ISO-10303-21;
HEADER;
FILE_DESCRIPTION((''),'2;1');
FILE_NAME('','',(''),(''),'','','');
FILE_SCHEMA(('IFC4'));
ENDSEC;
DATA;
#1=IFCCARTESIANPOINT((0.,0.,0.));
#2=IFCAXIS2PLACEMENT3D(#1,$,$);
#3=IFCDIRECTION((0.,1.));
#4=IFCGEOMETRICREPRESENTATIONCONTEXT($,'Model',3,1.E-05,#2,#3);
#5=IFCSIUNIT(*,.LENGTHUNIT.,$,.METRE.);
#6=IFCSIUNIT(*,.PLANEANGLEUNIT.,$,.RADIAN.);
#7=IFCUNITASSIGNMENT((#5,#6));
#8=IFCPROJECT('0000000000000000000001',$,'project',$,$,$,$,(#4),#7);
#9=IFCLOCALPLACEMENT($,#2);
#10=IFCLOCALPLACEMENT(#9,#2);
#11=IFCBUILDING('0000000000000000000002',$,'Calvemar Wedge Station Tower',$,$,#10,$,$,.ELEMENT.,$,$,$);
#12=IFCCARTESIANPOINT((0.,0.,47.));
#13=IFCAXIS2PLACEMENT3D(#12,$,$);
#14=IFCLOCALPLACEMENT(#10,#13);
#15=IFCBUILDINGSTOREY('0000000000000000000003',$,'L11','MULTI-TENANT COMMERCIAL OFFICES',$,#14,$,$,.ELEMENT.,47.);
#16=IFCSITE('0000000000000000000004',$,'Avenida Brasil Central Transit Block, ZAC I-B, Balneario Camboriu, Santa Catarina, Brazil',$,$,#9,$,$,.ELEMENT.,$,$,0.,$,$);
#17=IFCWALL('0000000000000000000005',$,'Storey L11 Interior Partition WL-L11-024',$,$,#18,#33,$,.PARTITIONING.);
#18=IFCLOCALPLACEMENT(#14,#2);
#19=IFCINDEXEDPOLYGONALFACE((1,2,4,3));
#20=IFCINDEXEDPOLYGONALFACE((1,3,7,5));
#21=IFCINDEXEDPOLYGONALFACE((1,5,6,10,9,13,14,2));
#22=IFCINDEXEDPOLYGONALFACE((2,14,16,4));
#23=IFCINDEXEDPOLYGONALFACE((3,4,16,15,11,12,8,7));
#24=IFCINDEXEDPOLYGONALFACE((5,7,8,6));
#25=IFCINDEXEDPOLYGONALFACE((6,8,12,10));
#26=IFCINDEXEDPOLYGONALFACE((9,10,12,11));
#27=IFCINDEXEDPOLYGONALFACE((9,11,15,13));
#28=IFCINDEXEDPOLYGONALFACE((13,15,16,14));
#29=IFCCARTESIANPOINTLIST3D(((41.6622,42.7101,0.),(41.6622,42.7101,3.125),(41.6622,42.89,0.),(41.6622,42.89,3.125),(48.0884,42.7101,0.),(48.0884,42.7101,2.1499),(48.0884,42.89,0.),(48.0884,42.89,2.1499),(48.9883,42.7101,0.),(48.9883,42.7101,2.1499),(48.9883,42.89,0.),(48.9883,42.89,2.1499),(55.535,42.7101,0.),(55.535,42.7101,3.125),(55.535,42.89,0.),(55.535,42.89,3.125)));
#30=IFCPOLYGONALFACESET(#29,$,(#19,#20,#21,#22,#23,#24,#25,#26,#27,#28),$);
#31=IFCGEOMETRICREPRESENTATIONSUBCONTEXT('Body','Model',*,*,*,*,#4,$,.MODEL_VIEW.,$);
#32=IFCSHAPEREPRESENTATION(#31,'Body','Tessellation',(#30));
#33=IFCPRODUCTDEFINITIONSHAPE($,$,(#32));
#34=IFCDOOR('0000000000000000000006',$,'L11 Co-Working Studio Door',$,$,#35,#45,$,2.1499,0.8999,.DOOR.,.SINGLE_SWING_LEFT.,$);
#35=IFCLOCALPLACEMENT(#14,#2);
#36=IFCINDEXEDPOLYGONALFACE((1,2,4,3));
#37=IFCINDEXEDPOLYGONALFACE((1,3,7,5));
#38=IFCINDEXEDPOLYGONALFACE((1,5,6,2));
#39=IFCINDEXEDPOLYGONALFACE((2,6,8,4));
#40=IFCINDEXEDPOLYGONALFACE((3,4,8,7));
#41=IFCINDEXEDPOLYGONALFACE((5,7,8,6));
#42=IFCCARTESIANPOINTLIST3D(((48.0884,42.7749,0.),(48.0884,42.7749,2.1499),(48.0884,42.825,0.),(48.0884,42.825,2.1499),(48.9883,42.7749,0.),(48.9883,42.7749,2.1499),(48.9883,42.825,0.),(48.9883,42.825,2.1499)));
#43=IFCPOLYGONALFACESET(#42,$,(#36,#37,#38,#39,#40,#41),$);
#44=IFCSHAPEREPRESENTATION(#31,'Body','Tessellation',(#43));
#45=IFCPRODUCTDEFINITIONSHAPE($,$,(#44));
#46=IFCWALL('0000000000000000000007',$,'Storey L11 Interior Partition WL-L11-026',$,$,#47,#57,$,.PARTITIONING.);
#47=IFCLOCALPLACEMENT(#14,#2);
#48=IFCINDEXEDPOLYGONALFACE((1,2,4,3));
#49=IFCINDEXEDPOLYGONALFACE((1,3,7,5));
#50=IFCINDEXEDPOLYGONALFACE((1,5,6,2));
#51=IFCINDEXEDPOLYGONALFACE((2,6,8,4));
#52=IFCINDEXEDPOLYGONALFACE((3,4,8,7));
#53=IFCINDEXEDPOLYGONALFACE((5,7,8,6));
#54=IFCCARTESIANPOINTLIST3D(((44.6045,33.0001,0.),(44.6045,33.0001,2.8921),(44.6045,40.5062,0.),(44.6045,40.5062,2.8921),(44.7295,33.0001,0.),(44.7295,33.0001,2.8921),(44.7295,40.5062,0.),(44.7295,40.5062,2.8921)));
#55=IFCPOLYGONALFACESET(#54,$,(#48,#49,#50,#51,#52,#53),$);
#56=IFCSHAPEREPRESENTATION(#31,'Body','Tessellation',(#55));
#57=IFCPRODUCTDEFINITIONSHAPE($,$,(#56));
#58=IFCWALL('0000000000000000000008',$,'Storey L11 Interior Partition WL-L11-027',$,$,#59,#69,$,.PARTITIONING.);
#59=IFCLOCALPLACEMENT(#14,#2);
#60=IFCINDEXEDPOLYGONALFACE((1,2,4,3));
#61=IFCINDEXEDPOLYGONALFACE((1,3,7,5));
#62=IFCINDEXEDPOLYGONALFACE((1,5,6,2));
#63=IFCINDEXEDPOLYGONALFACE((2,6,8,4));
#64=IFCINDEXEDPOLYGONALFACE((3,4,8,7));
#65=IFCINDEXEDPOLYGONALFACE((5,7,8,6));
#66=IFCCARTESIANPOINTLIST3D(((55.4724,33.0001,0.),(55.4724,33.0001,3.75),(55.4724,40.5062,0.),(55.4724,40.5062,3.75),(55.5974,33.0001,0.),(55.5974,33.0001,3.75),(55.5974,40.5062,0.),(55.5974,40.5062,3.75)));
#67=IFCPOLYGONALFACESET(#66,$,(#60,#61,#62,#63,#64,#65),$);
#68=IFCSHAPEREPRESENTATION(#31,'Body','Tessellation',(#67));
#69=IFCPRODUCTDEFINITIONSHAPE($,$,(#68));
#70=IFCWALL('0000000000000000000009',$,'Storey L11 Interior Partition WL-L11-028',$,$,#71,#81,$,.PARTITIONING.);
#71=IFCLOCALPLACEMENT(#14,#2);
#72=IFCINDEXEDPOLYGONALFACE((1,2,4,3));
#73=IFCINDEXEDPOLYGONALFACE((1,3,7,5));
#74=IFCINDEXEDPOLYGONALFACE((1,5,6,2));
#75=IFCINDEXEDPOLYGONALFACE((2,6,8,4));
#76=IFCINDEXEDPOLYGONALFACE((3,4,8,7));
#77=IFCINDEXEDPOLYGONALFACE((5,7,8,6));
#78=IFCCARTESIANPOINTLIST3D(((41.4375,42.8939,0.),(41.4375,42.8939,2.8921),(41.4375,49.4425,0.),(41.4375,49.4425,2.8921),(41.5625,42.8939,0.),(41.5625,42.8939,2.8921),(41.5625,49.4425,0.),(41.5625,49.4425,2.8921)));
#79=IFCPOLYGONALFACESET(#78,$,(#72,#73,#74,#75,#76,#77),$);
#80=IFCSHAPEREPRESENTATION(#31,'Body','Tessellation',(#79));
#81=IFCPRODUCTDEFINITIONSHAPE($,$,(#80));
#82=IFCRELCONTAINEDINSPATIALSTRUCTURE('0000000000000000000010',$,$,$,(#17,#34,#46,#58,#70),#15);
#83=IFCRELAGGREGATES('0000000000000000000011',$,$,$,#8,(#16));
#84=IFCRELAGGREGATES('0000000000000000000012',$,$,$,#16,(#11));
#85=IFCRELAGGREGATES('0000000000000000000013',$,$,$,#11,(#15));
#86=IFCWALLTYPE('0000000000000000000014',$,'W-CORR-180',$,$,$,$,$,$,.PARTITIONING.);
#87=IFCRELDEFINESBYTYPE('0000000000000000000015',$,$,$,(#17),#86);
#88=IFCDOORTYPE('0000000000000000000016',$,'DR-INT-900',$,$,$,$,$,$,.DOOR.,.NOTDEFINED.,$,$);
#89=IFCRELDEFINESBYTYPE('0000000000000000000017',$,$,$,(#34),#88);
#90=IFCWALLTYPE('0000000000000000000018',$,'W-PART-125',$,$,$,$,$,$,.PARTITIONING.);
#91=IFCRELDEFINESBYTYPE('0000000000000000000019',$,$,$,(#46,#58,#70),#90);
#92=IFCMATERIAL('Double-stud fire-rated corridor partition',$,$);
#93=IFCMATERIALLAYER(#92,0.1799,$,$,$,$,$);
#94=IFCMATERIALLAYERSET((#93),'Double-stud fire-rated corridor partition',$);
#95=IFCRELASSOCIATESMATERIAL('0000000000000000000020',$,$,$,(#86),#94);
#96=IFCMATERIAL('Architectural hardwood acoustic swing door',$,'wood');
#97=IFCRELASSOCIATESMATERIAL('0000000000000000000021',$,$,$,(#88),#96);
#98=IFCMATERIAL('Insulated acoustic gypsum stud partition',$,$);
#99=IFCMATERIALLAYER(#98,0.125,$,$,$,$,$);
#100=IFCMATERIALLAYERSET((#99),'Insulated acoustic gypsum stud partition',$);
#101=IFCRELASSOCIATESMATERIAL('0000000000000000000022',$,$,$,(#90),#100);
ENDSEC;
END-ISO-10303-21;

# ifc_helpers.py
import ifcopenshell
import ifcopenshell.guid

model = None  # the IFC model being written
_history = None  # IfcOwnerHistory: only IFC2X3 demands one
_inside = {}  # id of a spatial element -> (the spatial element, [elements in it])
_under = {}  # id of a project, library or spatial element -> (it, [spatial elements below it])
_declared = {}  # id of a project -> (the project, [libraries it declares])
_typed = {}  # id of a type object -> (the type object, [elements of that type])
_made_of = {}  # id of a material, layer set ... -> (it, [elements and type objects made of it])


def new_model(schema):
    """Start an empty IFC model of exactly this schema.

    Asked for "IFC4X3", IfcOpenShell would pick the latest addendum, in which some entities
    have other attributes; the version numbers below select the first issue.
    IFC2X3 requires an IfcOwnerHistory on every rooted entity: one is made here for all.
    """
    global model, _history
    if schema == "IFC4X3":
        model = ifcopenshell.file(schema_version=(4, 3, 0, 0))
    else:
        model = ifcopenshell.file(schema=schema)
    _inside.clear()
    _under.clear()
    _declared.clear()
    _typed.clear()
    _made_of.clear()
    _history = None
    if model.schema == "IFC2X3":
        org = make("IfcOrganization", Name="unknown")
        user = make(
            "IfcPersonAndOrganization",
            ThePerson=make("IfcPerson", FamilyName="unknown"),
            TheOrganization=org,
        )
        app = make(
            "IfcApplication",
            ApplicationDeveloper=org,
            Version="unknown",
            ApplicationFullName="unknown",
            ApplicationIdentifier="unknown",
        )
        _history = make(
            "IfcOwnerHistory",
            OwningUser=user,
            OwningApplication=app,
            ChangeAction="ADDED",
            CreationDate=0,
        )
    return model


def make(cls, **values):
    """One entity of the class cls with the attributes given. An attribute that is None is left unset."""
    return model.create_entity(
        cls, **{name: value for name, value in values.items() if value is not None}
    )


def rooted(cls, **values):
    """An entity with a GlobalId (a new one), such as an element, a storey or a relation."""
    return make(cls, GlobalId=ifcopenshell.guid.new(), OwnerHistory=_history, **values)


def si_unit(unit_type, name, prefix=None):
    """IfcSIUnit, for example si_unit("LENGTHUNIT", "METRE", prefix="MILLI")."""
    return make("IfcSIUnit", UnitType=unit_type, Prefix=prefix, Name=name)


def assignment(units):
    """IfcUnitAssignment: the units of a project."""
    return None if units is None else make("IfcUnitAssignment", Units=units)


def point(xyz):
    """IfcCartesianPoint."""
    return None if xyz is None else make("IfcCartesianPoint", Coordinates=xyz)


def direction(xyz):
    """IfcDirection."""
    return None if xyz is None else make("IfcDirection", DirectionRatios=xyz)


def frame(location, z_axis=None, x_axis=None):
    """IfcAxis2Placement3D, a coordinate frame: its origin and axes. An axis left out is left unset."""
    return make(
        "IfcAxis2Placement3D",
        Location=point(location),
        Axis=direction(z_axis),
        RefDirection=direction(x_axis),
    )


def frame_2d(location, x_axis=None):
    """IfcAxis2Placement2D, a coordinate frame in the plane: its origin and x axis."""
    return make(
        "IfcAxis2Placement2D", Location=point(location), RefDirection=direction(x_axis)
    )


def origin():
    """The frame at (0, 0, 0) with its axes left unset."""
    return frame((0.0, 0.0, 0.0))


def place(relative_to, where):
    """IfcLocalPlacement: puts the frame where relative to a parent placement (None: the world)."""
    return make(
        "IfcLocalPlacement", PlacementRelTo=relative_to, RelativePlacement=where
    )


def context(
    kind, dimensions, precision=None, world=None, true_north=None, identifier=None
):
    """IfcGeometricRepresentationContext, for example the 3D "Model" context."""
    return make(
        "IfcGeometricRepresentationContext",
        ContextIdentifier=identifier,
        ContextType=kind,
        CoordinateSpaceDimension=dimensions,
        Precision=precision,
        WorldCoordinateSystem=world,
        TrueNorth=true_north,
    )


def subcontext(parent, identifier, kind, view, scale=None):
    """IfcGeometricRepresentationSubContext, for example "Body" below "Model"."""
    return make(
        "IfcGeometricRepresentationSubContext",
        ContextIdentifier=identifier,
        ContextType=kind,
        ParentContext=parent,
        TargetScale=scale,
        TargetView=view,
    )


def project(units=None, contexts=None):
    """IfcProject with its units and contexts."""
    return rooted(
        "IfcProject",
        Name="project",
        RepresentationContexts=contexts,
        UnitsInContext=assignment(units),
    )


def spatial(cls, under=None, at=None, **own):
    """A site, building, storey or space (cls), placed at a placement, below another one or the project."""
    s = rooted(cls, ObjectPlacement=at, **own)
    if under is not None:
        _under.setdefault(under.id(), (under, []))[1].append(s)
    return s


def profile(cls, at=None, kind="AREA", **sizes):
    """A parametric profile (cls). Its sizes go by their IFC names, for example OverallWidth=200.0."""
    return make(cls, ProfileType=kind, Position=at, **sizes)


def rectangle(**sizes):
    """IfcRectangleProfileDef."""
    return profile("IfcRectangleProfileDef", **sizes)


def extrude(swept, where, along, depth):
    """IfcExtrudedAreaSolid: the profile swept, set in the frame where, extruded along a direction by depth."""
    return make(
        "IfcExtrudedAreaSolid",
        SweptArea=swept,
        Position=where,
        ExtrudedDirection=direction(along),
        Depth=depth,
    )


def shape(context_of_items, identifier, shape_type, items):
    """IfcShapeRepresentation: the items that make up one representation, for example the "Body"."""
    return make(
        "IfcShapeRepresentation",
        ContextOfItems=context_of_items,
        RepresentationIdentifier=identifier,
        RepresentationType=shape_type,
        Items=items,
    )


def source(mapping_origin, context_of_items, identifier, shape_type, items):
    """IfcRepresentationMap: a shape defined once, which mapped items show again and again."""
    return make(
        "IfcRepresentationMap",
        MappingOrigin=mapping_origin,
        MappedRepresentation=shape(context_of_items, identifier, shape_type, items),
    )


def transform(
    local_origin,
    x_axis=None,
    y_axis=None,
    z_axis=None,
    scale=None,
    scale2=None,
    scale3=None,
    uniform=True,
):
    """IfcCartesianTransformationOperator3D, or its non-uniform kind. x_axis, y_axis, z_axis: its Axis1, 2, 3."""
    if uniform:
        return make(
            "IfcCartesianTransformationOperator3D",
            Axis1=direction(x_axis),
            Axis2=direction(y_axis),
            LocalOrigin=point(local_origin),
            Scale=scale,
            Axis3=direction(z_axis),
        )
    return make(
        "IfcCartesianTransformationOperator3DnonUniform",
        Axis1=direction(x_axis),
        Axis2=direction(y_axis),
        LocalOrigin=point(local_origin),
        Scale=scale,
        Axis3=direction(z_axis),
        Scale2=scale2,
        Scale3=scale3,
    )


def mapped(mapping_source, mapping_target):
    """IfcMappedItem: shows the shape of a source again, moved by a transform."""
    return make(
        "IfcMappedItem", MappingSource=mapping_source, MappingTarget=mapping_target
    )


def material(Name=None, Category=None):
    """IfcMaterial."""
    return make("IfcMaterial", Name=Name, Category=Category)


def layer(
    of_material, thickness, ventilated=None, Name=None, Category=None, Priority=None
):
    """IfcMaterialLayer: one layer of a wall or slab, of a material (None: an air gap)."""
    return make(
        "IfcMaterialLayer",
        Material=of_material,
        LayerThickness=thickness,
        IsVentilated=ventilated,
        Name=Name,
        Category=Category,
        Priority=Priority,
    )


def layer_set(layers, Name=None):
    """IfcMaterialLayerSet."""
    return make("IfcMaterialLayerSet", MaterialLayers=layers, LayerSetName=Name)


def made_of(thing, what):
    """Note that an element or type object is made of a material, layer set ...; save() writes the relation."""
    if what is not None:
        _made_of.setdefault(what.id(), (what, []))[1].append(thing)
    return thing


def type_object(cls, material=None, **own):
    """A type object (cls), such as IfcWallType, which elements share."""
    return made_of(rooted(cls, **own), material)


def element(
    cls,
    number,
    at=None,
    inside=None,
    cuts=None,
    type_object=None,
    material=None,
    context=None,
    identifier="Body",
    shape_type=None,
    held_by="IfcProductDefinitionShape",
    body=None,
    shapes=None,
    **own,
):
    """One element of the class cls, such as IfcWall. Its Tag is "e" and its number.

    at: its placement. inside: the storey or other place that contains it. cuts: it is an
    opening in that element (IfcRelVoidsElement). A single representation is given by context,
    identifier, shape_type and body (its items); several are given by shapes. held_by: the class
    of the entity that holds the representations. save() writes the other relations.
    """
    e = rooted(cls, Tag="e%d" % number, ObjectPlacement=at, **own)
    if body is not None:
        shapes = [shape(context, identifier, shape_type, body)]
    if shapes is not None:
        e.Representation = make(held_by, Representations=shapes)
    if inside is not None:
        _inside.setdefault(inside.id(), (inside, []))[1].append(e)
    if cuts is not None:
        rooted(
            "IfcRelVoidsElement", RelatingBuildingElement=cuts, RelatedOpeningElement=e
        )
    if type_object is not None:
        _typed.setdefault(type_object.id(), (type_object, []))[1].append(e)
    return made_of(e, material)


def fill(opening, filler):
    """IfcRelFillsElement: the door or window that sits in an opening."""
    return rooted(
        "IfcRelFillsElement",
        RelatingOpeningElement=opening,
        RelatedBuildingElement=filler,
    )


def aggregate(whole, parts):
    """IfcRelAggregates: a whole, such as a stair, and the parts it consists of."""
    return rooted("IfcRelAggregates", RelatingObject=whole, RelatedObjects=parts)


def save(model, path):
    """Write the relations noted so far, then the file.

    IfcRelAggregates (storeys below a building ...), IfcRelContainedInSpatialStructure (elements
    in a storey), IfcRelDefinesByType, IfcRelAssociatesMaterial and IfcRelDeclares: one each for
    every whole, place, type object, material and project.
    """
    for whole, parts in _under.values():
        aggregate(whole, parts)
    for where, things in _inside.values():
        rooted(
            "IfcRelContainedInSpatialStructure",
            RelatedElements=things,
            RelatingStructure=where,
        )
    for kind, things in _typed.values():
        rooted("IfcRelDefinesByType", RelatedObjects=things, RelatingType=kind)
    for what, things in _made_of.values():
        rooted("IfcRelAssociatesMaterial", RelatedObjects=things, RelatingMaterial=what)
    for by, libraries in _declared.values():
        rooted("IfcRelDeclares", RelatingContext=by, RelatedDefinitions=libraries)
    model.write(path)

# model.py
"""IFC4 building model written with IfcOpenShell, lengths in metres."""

from ifc_helpers import new_model, si_unit, direction, frame, frame_2d, origin, place, context, subcontext, project, spatial, rectangle, extrude, source, transform, mapped, material, layer, layer_set, type_object, element, fill, save


model = new_model("IFC4")

# Units and contexts
model_context = context("Model", 3, precision=1e-05, world=origin(), true_north=direction((0.0, 1.0)))
body_context = subcontext(model_context, "Body", "Model", "MODEL_VIEW")
ifc_project = project(units=[si_unit("LENGTHUNIT", "METRE"), si_unit("PLANEANGLEUNIT", "RADIAN")], contexts=[model_context])

# Site, building, storey
site_placement = place(None, origin())
site = spatial("IfcSite", under=ifc_project, at=site_placement, Name="Avenida Brasil Central Transit Block, ZAC I-B, Balneario Camboriu, Santa Catarina, Brazil", CompositionType="ELEMENT", RefElevation=0.0)
building_placement = place(site_placement, origin())
building = spatial("IfcBuilding", under=site, at=building_placement, Name="Calvemar Wedge Station Tower", CompositionType="ELEMENT")
storey_placement = place(building_placement, frame((0.0, 0.0, 47.0)))
storey = spatial("IfcBuildingStorey", under=building, at=storey_placement, Name="L11", Description="MULTI-TENANT COMMERCIAL OFFICES", CompositionType="ELEMENT", Elevation=47.0)

# Wall, opening, door
ifc_material_1 = material(Name="Double-stud fire-rated corridor partition")
ifc_layer_1 = layer(ifc_material_1, 0.1799)
ifc_layer_set_1 = layer_set([ifc_layer_1], Name="Double-stud fire-rated corridor partition")
wall_type_1 = type_object("IfcWallType", Name="W-CORR-180", PredefinedType="PARTITIONING", material=ifc_layer_set_1)
shared_shape_1 = source(origin(), body_context, "Body", "SweptSolid", [
    extrude(rectangle(XDim=0.8999, YDim=2.1499, at=frame_2d((0.45, 1.075))), frame((0.0, 0.1001, 0.0), z_axis=(0.0, -1.0, 0.0), x_axis=(1.0, 0.0, 0.0)), (0.0, 0.0, 1.0), 0.2),
])
ifc_material_2 = material(Name="Architectural hardwood acoustic swing door", Category="wood")
door_type = type_object("IfcDoorType", Name="DR-INT-900", OperationType="NOTDEFINED", PredefinedType="DOOR", material=ifc_material_2)
shared_shape_2 = source(origin(), body_context, "Body", "SweptSolid", [
    extrude(rectangle(XDim=0.8999, YDim=2.1499, at=frame_2d((0.45, 1.075))), frame((0.0, 0.0249, 0.0), z_axis=(0.0, -1.0, 0.0), x_axis=(1.0, 0.0, 0.0)), (0.0, 0.0, 1.0), 0.05),
])
wall_1_placement = place(storey_placement, frame((41.6621, 42.8, 0.0), z_axis=(0.0, 0.0, 1.0), x_axis=(1.0, 0.0, 0.0)))
wall_1 = element("IfcWall", 1, at=wall_1_placement, inside=storey, type_object=wall_type_1, Name="Storey L11 Interior Partition WL-L11-024", PredefinedType="PARTITIONING", context=body_context, shape_type="SweptSolid", body=[
    extrude(rectangle(XDim=13.8728, YDim=0.1799, at=frame_2d((6.9365, 0.0))), origin(), (0.0, 0.0, 1.0), 3.125),
])
opening_1_placement = place(wall_1_placement, frame((6.4263, 0.0, 0.0)))
opening_1 = element("IfcOpeningElement", 2, at=opening_1_placement, cuts=wall_1, PredefinedType="OPENING", context=body_context, shape_type="MappedRepresentation", body=[
    mapped(shared_shape_1, transform((0.0, 0.0, 0.0), scale=1.0)),
])
door_1_placement = place(opening_1_placement, origin())
door_1 = element("IfcDoor", 3, at=door_1_placement, inside=storey, type_object=door_type, Name="L11 Co-Working Studio Door", OperationType="SINGLE_SWING_LEFT", OverallHeight=2.1499, OverallWidth=0.8999, PredefinedType="DOOR", context=body_context, shape_type="MappedRepresentation", body=[
    mapped(shared_shape_2, transform((0.0, 0.0, 0.0), scale=1.0)),
])
fill(opening_1, door_1)

# Walls
ifc_material_3 = material(Name="Insulated acoustic gypsum stud partition")
ifc_layer_2 = layer(ifc_material_3, 0.125)
ifc_layer_set_2 = layer_set([ifc_layer_2], Name="Insulated acoustic gypsum stud partition")
wall_type_2 = type_object("IfcWallType", Name="W-PART-125", PredefinedType="PARTITIONING", material=ifc_layer_set_2)
wall_2_placement = place(storey_placement, frame((44.667, 40.5061, 0.0), z_axis=(0.0, 0.0, 1.0), x_axis=(0.0, -1.0, 0.0)))
element("IfcWall", 4, at=wall_2_placement, inside=storey, type_object=wall_type_2, Name="Storey L11 Interior Partition WL-L11-026", PredefinedType="PARTITIONING", context=body_context, shape_type="SweptSolid", body=[
    extrude(rectangle(XDim=7.5061, YDim=0.125, at=frame_2d((3.7529, 0.0))), origin(), (0.0, 0.0, 1.0), 2.8921),
])
wall_3_placement = place(storey_placement, frame((55.5349, 40.5061, 0.0), z_axis=(0.0, 0.0, 1.0), x_axis=(0.0, -1.0, 0.0)))
element("IfcWall", 5, at=wall_3_placement, inside=storey, type_object=wall_type_2, Name="Storey L11 Interior Partition WL-L11-027", PredefinedType="PARTITIONING", context=body_context, shape_type="SweptSolid", body=[
    extrude(rectangle(XDim=7.5061, YDim=0.125, at=frame_2d((3.7529, 0.0))), origin(), (0.0, 0.0, 1.0), 3.75),
])
wall_4_placement = place(storey_placement, frame((41.5, 49.4426, 0.0), z_axis=(0.0, 0.0, 1.0), x_axis=(0.0, -1.0, 0.0)))
element("IfcWall", 6, at=wall_4_placement, inside=storey, type_object=wall_type_2, Name="Storey L11 Interior Partition WL-L11-028", PredefinedType="PARTITIONING", context=body_context, shape_type="SweptSolid", body=[
    extrude(rectangle(XDim=6.5486, YDim=0.125, at=frame_2d((3.2744, 0.0))), origin(), (0.0, 0.0, 1.0), 2.8921),
])

save(model, "model.ifc")
